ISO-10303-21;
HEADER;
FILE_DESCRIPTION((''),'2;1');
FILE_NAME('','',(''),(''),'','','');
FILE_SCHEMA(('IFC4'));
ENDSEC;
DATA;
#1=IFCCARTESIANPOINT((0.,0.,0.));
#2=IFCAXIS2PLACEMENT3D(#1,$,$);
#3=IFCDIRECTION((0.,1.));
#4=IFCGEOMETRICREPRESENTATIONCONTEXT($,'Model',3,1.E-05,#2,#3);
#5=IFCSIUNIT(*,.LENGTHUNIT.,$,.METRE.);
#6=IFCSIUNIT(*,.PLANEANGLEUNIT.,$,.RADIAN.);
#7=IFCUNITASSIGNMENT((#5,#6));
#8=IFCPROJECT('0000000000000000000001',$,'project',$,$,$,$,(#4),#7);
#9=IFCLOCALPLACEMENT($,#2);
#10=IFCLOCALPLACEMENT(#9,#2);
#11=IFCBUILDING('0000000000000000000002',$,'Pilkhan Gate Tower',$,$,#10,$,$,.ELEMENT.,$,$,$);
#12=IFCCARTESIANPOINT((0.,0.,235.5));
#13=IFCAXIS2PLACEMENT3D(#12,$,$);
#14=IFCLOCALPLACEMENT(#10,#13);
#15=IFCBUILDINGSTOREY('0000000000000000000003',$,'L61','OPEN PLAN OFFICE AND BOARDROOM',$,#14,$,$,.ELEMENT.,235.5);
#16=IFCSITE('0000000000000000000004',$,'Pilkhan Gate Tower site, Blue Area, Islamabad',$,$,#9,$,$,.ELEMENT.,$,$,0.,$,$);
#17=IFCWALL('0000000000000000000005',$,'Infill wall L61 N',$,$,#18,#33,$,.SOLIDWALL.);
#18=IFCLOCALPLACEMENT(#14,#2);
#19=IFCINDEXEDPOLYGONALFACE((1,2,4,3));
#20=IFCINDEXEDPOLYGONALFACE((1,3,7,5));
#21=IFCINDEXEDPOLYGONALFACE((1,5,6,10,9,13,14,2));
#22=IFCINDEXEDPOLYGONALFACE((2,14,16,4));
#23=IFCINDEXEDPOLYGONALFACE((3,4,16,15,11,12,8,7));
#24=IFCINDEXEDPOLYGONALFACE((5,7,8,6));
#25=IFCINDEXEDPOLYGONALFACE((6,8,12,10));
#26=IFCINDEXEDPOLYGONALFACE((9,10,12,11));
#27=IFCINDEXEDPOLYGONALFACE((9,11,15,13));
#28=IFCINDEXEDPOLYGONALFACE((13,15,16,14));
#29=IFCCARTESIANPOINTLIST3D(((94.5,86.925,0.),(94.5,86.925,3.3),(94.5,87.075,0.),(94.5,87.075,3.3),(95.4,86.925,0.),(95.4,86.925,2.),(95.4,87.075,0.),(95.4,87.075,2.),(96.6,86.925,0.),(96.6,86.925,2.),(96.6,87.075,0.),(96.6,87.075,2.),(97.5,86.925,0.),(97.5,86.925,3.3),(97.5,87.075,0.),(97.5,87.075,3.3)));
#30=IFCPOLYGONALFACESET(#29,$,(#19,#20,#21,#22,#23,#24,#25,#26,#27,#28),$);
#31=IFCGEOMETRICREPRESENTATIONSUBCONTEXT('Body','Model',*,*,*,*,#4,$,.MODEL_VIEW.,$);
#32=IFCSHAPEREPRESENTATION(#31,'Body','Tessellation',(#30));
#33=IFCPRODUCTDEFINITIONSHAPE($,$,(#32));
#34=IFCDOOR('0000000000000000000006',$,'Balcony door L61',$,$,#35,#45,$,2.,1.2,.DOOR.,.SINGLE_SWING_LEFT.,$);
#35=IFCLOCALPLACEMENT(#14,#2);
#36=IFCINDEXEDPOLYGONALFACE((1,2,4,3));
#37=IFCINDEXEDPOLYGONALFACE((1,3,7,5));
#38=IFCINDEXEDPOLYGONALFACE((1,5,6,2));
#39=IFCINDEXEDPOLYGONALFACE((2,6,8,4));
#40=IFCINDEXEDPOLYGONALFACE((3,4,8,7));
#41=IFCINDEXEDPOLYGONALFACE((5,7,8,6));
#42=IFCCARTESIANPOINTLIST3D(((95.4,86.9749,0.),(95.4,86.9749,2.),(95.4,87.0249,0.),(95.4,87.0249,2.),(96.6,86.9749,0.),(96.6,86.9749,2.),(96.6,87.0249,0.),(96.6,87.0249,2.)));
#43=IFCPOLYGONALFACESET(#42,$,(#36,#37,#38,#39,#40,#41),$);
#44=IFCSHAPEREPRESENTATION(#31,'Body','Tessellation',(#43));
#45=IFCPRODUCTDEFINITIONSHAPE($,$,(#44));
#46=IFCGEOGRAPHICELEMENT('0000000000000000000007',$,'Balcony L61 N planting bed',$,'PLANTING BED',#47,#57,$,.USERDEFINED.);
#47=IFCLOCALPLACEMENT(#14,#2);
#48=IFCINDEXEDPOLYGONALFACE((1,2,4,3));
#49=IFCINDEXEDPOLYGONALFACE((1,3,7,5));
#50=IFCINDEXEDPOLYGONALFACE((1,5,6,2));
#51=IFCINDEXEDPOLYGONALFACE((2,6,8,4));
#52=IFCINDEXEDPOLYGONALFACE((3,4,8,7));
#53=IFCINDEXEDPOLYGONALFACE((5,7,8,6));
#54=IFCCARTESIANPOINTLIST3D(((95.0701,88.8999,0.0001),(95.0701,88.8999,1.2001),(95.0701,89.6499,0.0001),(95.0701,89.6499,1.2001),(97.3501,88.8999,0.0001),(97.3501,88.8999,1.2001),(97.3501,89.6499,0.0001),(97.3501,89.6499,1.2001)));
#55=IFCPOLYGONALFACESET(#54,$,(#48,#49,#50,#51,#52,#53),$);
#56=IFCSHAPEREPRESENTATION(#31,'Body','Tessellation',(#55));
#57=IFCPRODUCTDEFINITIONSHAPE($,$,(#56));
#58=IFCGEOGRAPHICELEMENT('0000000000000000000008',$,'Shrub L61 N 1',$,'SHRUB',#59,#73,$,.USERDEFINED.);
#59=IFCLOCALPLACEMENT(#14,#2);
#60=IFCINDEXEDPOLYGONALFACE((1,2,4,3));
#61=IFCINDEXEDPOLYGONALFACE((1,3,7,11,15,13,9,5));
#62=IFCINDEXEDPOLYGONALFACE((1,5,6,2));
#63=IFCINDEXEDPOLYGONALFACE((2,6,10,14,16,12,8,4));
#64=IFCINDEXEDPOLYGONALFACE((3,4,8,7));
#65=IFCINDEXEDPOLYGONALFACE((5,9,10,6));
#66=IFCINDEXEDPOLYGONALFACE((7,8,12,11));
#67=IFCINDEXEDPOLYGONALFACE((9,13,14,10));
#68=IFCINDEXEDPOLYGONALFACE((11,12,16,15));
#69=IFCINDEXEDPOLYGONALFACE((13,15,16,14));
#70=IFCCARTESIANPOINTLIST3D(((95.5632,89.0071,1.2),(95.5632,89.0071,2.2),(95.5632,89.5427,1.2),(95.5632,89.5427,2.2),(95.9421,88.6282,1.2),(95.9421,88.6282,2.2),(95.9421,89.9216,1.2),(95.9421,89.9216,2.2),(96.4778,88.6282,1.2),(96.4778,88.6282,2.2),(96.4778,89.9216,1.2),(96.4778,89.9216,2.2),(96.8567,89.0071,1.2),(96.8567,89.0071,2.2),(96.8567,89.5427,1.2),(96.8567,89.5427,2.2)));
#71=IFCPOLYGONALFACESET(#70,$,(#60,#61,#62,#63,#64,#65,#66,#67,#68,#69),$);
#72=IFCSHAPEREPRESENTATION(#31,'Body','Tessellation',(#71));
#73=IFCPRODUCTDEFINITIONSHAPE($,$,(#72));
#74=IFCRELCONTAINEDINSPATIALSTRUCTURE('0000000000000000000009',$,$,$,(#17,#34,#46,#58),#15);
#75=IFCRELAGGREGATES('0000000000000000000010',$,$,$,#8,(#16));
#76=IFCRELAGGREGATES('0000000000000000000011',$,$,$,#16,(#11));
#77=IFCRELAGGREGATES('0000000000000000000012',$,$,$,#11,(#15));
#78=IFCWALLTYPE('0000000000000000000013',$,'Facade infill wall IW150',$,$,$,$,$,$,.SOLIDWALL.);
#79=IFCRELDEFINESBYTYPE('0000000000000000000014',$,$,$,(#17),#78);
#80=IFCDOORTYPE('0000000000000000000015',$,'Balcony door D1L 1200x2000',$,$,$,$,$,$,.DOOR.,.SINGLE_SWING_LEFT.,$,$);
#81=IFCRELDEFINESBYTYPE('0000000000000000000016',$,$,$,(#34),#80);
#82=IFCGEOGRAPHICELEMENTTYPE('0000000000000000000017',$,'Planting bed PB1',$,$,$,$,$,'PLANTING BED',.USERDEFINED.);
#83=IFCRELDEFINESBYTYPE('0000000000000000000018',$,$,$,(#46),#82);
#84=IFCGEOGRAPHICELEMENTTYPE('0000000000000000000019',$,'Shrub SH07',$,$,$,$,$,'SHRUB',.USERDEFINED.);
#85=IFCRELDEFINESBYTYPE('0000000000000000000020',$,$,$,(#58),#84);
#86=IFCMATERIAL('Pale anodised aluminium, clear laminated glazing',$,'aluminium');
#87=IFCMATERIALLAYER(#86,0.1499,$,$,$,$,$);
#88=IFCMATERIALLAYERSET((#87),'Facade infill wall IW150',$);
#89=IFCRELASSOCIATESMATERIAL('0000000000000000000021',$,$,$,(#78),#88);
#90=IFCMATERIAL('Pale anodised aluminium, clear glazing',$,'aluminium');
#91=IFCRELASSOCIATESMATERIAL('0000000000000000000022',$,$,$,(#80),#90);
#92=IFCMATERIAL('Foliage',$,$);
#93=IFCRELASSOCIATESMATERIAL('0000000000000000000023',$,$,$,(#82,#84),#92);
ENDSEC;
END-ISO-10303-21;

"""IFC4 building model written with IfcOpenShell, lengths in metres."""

from ifc_helpers import new_model, si_unit, direction, frame, frame_2d, origin, origin_2d, place, context, subcontext, project, spatial, polyline, rectangle, outline, extrude, material, layer, layer_set, material_profile, profile_set, type_object, element, fill, save


model = new_model("IFC4")

# Units and contexts
model_context = context("Model", 3, precision=1e-05, world=origin(), true_north=direction((0.0, 1.0)))
body_context = subcontext(model_context, "Body", "Model", "MODEL_VIEW")
ifc_project = project(units=[si_unit("LENGTHUNIT", "METRE"), si_unit("PLANEANGLEUNIT", "RADIAN")], contexts=[model_context])

# Site, building, storey
site_placement = place(None, origin())
site = spatial("IfcSite", under=ifc_project, at=site_placement, Name="Pilkhan Gate Tower site, Blue Area, Islamabad", CompositionType="ELEMENT", RefElevation=0.0)
building_placement = place(site_placement, origin())
building = spatial("IfcBuilding", under=site, at=building_placement, Name="Pilkhan Gate Tower", CompositionType="ELEMENT")
storey_placement = place(building_placement, frame((0.0, 0.0, 235.5)))
storey = spatial("IfcBuildingStorey", under=building, at=storey_placement, Name="L61", Description="OPEN PLAN OFFICE AND BOARDROOM", CompositionType="ELEMENT", Elevation=235.5)

# Wall, opening, door
ifc_material_1 = material(Name="Pale anodised aluminium, clear laminated glazing", Category="aluminium")
ifc_layer_1 = layer(ifc_material_1, 0.1499)
ifc_layer_set_1 = layer_set([ifc_layer_1], Name="Facade infill wall IW150")
wall_type_1 = type_object("IfcWallType", Name="Facade infill wall IW150", PredefinedType="SOLIDWALL", material=ifc_layer_set_1)
wall_1_placement = place(storey_placement, frame((94.5, 87.0, 0.0), z_axis=(0.0, 0.0, 1.0), x_axis=(1.0, 0.0, 0.0)))
wall_1 = element("IfcWall", 1, at=wall_1_placement, inside=storey, type_object=wall_type_1, Name="Infill wall L61 N", PredefinedType="SOLIDWALL", context=body_context, shape_type="SweptSolid", body=[
    extrude(rectangle(XDim=3.0, YDim=0.1499, at=frame_2d((1.5, 0.0))), origin(), (0.0, 0.0, 1.0), 3.3),
])
opening_placement = place(wall_1_placement, frame((0.8999, 0.0, 0.0)))
opening = element("IfcOpeningElement", 2, at=opening_placement, cuts=wall_1, PredefinedType="OPENING", context=body_context, shape_type="SweptSolid", body=[
    extrude(rectangle(XDim=1.2, YDim=2.0, at=frame_2d((0.6001, 1.0))), frame((0.0, 0.085, 0.0), z_axis=(0.0, -1.0, 0.0), x_axis=(1.0, 0.0, 0.0)), (0.0, 0.0, 1.0), 0.1699),
])
ifc_material_2 = material(Name="Pale anodised aluminium, clear glazing", Category="aluminium")
door_type = type_object("IfcDoorType", Name="Balcony door D1L 1200x2000", OperationType="SINGLE_SWING_LEFT", PredefinedType="DOOR", material=ifc_material_2)
door_placement = place(opening_placement, origin())
door = element("IfcDoor", 3, at=door_placement, inside=storey, type_object=door_type, Name="Balcony door L61", OperationType="SINGLE_SWING_LEFT", OverallHeight=2.0, OverallWidth=1.2, PredefinedType="DOOR", context=body_context, shape_type="SweptSolid", body=[
    extrude(rectangle(XDim=1.2, YDim=2.0, at=frame_2d((0.6001, 1.0))), frame((0.0, 0.0249, 0.0), z_axis=(0.0, -1.0, 0.0), x_axis=(1.0, 0.0, 0.0)), (0.0, 0.0, 1.0), 0.05),
])
fill(opening, door)

# Geographic elements
ifc_material_3 = material(Name="Foliage")
ifc_material_profile_1 = material_profile(ifc_material_3, rectangle(XDim=0.75, YDim=1.2, at=origin_2d()), Name="Bed 750x1200")
ifc_profile_set_1 = profile_set([ifc_material_profile_1], Name="Foliage")
geographic_element_type_1 = type_object("IfcGeographicElementType", Name="Planting bed PB1", ElementType="PLANTING BED", PredefinedType="USERDEFINED", material=ifc_profile_set_1)
geographic_element_1_placement = place(storey_placement, frame((95.0701, 89.2749, 0.6001), z_axis=(1.0, 0.0, 0.0), x_axis=(0.0, 1.0, 0.0)))
element("IfcGeographicElement", 4, at=geographic_element_1_placement, inside=storey, type_object=geographic_element_type_1, Name="Balcony L61 N planting bed", ObjectType="PLANTING BED", PredefinedType="USERDEFINED", context=body_context, shape_type="SweptSolid", body=[
    extrude(rectangle(XDim=0.75, YDim=1.2, at=origin_2d()), origin(), (0.0, 0.0, 1.0), 2.28),
])
ifc_material_profile_2 = material_profile(ifc_material_3, outline(polyline([(0.6467, 0.2678), (0.2678, 0.6467), (-0.2678, 0.6467), (-0.6467, 0.2678), (-0.6467, -0.2678), (-0.2678, -0.6467), (0.2678, -0.6467), (0.6467, -0.2678), (0.6467, 0.2678)])), Name="Shrub D1.4")
ifc_profile_set_2 = profile_set([ifc_material_profile_2], Name="Foliage")
geographic_element_type_2 = type_object("IfcGeographicElementType", Name="Shrub SH07", ElementType="SHRUB", PredefinedType="USERDEFINED", material=ifc_profile_set_2)
geographic_element_2_placement = place(storey_placement, frame((96.21, 89.2749, 1.2), z_axis=(0.0, 0.0, 1.0), x_axis=(1.0, 0.0, 0.0)))
element("IfcGeographicElement", 5, at=geographic_element_2_placement, inside=storey, type_object=geographic_element_type_2, Name="Shrub L61 N 1", ObjectType="SHRUB", PredefinedType="USERDEFINED", context=body_context, shape_type="SweptSolid", body=[
    extrude(outline(polyline([(0.6467, 0.2678), (0.2678, 0.6467), (-0.2678, 0.6467), (-0.6467, 0.2678), (-0.6467, -0.2678), (-0.2678, -0.6467), (0.2678, -0.6467), (0.6467, -0.2678), (0.6467, 0.2678)])), origin(), (0.0, 0.0, 1.0), 1.0),
])

save(model, "model.ifc")
